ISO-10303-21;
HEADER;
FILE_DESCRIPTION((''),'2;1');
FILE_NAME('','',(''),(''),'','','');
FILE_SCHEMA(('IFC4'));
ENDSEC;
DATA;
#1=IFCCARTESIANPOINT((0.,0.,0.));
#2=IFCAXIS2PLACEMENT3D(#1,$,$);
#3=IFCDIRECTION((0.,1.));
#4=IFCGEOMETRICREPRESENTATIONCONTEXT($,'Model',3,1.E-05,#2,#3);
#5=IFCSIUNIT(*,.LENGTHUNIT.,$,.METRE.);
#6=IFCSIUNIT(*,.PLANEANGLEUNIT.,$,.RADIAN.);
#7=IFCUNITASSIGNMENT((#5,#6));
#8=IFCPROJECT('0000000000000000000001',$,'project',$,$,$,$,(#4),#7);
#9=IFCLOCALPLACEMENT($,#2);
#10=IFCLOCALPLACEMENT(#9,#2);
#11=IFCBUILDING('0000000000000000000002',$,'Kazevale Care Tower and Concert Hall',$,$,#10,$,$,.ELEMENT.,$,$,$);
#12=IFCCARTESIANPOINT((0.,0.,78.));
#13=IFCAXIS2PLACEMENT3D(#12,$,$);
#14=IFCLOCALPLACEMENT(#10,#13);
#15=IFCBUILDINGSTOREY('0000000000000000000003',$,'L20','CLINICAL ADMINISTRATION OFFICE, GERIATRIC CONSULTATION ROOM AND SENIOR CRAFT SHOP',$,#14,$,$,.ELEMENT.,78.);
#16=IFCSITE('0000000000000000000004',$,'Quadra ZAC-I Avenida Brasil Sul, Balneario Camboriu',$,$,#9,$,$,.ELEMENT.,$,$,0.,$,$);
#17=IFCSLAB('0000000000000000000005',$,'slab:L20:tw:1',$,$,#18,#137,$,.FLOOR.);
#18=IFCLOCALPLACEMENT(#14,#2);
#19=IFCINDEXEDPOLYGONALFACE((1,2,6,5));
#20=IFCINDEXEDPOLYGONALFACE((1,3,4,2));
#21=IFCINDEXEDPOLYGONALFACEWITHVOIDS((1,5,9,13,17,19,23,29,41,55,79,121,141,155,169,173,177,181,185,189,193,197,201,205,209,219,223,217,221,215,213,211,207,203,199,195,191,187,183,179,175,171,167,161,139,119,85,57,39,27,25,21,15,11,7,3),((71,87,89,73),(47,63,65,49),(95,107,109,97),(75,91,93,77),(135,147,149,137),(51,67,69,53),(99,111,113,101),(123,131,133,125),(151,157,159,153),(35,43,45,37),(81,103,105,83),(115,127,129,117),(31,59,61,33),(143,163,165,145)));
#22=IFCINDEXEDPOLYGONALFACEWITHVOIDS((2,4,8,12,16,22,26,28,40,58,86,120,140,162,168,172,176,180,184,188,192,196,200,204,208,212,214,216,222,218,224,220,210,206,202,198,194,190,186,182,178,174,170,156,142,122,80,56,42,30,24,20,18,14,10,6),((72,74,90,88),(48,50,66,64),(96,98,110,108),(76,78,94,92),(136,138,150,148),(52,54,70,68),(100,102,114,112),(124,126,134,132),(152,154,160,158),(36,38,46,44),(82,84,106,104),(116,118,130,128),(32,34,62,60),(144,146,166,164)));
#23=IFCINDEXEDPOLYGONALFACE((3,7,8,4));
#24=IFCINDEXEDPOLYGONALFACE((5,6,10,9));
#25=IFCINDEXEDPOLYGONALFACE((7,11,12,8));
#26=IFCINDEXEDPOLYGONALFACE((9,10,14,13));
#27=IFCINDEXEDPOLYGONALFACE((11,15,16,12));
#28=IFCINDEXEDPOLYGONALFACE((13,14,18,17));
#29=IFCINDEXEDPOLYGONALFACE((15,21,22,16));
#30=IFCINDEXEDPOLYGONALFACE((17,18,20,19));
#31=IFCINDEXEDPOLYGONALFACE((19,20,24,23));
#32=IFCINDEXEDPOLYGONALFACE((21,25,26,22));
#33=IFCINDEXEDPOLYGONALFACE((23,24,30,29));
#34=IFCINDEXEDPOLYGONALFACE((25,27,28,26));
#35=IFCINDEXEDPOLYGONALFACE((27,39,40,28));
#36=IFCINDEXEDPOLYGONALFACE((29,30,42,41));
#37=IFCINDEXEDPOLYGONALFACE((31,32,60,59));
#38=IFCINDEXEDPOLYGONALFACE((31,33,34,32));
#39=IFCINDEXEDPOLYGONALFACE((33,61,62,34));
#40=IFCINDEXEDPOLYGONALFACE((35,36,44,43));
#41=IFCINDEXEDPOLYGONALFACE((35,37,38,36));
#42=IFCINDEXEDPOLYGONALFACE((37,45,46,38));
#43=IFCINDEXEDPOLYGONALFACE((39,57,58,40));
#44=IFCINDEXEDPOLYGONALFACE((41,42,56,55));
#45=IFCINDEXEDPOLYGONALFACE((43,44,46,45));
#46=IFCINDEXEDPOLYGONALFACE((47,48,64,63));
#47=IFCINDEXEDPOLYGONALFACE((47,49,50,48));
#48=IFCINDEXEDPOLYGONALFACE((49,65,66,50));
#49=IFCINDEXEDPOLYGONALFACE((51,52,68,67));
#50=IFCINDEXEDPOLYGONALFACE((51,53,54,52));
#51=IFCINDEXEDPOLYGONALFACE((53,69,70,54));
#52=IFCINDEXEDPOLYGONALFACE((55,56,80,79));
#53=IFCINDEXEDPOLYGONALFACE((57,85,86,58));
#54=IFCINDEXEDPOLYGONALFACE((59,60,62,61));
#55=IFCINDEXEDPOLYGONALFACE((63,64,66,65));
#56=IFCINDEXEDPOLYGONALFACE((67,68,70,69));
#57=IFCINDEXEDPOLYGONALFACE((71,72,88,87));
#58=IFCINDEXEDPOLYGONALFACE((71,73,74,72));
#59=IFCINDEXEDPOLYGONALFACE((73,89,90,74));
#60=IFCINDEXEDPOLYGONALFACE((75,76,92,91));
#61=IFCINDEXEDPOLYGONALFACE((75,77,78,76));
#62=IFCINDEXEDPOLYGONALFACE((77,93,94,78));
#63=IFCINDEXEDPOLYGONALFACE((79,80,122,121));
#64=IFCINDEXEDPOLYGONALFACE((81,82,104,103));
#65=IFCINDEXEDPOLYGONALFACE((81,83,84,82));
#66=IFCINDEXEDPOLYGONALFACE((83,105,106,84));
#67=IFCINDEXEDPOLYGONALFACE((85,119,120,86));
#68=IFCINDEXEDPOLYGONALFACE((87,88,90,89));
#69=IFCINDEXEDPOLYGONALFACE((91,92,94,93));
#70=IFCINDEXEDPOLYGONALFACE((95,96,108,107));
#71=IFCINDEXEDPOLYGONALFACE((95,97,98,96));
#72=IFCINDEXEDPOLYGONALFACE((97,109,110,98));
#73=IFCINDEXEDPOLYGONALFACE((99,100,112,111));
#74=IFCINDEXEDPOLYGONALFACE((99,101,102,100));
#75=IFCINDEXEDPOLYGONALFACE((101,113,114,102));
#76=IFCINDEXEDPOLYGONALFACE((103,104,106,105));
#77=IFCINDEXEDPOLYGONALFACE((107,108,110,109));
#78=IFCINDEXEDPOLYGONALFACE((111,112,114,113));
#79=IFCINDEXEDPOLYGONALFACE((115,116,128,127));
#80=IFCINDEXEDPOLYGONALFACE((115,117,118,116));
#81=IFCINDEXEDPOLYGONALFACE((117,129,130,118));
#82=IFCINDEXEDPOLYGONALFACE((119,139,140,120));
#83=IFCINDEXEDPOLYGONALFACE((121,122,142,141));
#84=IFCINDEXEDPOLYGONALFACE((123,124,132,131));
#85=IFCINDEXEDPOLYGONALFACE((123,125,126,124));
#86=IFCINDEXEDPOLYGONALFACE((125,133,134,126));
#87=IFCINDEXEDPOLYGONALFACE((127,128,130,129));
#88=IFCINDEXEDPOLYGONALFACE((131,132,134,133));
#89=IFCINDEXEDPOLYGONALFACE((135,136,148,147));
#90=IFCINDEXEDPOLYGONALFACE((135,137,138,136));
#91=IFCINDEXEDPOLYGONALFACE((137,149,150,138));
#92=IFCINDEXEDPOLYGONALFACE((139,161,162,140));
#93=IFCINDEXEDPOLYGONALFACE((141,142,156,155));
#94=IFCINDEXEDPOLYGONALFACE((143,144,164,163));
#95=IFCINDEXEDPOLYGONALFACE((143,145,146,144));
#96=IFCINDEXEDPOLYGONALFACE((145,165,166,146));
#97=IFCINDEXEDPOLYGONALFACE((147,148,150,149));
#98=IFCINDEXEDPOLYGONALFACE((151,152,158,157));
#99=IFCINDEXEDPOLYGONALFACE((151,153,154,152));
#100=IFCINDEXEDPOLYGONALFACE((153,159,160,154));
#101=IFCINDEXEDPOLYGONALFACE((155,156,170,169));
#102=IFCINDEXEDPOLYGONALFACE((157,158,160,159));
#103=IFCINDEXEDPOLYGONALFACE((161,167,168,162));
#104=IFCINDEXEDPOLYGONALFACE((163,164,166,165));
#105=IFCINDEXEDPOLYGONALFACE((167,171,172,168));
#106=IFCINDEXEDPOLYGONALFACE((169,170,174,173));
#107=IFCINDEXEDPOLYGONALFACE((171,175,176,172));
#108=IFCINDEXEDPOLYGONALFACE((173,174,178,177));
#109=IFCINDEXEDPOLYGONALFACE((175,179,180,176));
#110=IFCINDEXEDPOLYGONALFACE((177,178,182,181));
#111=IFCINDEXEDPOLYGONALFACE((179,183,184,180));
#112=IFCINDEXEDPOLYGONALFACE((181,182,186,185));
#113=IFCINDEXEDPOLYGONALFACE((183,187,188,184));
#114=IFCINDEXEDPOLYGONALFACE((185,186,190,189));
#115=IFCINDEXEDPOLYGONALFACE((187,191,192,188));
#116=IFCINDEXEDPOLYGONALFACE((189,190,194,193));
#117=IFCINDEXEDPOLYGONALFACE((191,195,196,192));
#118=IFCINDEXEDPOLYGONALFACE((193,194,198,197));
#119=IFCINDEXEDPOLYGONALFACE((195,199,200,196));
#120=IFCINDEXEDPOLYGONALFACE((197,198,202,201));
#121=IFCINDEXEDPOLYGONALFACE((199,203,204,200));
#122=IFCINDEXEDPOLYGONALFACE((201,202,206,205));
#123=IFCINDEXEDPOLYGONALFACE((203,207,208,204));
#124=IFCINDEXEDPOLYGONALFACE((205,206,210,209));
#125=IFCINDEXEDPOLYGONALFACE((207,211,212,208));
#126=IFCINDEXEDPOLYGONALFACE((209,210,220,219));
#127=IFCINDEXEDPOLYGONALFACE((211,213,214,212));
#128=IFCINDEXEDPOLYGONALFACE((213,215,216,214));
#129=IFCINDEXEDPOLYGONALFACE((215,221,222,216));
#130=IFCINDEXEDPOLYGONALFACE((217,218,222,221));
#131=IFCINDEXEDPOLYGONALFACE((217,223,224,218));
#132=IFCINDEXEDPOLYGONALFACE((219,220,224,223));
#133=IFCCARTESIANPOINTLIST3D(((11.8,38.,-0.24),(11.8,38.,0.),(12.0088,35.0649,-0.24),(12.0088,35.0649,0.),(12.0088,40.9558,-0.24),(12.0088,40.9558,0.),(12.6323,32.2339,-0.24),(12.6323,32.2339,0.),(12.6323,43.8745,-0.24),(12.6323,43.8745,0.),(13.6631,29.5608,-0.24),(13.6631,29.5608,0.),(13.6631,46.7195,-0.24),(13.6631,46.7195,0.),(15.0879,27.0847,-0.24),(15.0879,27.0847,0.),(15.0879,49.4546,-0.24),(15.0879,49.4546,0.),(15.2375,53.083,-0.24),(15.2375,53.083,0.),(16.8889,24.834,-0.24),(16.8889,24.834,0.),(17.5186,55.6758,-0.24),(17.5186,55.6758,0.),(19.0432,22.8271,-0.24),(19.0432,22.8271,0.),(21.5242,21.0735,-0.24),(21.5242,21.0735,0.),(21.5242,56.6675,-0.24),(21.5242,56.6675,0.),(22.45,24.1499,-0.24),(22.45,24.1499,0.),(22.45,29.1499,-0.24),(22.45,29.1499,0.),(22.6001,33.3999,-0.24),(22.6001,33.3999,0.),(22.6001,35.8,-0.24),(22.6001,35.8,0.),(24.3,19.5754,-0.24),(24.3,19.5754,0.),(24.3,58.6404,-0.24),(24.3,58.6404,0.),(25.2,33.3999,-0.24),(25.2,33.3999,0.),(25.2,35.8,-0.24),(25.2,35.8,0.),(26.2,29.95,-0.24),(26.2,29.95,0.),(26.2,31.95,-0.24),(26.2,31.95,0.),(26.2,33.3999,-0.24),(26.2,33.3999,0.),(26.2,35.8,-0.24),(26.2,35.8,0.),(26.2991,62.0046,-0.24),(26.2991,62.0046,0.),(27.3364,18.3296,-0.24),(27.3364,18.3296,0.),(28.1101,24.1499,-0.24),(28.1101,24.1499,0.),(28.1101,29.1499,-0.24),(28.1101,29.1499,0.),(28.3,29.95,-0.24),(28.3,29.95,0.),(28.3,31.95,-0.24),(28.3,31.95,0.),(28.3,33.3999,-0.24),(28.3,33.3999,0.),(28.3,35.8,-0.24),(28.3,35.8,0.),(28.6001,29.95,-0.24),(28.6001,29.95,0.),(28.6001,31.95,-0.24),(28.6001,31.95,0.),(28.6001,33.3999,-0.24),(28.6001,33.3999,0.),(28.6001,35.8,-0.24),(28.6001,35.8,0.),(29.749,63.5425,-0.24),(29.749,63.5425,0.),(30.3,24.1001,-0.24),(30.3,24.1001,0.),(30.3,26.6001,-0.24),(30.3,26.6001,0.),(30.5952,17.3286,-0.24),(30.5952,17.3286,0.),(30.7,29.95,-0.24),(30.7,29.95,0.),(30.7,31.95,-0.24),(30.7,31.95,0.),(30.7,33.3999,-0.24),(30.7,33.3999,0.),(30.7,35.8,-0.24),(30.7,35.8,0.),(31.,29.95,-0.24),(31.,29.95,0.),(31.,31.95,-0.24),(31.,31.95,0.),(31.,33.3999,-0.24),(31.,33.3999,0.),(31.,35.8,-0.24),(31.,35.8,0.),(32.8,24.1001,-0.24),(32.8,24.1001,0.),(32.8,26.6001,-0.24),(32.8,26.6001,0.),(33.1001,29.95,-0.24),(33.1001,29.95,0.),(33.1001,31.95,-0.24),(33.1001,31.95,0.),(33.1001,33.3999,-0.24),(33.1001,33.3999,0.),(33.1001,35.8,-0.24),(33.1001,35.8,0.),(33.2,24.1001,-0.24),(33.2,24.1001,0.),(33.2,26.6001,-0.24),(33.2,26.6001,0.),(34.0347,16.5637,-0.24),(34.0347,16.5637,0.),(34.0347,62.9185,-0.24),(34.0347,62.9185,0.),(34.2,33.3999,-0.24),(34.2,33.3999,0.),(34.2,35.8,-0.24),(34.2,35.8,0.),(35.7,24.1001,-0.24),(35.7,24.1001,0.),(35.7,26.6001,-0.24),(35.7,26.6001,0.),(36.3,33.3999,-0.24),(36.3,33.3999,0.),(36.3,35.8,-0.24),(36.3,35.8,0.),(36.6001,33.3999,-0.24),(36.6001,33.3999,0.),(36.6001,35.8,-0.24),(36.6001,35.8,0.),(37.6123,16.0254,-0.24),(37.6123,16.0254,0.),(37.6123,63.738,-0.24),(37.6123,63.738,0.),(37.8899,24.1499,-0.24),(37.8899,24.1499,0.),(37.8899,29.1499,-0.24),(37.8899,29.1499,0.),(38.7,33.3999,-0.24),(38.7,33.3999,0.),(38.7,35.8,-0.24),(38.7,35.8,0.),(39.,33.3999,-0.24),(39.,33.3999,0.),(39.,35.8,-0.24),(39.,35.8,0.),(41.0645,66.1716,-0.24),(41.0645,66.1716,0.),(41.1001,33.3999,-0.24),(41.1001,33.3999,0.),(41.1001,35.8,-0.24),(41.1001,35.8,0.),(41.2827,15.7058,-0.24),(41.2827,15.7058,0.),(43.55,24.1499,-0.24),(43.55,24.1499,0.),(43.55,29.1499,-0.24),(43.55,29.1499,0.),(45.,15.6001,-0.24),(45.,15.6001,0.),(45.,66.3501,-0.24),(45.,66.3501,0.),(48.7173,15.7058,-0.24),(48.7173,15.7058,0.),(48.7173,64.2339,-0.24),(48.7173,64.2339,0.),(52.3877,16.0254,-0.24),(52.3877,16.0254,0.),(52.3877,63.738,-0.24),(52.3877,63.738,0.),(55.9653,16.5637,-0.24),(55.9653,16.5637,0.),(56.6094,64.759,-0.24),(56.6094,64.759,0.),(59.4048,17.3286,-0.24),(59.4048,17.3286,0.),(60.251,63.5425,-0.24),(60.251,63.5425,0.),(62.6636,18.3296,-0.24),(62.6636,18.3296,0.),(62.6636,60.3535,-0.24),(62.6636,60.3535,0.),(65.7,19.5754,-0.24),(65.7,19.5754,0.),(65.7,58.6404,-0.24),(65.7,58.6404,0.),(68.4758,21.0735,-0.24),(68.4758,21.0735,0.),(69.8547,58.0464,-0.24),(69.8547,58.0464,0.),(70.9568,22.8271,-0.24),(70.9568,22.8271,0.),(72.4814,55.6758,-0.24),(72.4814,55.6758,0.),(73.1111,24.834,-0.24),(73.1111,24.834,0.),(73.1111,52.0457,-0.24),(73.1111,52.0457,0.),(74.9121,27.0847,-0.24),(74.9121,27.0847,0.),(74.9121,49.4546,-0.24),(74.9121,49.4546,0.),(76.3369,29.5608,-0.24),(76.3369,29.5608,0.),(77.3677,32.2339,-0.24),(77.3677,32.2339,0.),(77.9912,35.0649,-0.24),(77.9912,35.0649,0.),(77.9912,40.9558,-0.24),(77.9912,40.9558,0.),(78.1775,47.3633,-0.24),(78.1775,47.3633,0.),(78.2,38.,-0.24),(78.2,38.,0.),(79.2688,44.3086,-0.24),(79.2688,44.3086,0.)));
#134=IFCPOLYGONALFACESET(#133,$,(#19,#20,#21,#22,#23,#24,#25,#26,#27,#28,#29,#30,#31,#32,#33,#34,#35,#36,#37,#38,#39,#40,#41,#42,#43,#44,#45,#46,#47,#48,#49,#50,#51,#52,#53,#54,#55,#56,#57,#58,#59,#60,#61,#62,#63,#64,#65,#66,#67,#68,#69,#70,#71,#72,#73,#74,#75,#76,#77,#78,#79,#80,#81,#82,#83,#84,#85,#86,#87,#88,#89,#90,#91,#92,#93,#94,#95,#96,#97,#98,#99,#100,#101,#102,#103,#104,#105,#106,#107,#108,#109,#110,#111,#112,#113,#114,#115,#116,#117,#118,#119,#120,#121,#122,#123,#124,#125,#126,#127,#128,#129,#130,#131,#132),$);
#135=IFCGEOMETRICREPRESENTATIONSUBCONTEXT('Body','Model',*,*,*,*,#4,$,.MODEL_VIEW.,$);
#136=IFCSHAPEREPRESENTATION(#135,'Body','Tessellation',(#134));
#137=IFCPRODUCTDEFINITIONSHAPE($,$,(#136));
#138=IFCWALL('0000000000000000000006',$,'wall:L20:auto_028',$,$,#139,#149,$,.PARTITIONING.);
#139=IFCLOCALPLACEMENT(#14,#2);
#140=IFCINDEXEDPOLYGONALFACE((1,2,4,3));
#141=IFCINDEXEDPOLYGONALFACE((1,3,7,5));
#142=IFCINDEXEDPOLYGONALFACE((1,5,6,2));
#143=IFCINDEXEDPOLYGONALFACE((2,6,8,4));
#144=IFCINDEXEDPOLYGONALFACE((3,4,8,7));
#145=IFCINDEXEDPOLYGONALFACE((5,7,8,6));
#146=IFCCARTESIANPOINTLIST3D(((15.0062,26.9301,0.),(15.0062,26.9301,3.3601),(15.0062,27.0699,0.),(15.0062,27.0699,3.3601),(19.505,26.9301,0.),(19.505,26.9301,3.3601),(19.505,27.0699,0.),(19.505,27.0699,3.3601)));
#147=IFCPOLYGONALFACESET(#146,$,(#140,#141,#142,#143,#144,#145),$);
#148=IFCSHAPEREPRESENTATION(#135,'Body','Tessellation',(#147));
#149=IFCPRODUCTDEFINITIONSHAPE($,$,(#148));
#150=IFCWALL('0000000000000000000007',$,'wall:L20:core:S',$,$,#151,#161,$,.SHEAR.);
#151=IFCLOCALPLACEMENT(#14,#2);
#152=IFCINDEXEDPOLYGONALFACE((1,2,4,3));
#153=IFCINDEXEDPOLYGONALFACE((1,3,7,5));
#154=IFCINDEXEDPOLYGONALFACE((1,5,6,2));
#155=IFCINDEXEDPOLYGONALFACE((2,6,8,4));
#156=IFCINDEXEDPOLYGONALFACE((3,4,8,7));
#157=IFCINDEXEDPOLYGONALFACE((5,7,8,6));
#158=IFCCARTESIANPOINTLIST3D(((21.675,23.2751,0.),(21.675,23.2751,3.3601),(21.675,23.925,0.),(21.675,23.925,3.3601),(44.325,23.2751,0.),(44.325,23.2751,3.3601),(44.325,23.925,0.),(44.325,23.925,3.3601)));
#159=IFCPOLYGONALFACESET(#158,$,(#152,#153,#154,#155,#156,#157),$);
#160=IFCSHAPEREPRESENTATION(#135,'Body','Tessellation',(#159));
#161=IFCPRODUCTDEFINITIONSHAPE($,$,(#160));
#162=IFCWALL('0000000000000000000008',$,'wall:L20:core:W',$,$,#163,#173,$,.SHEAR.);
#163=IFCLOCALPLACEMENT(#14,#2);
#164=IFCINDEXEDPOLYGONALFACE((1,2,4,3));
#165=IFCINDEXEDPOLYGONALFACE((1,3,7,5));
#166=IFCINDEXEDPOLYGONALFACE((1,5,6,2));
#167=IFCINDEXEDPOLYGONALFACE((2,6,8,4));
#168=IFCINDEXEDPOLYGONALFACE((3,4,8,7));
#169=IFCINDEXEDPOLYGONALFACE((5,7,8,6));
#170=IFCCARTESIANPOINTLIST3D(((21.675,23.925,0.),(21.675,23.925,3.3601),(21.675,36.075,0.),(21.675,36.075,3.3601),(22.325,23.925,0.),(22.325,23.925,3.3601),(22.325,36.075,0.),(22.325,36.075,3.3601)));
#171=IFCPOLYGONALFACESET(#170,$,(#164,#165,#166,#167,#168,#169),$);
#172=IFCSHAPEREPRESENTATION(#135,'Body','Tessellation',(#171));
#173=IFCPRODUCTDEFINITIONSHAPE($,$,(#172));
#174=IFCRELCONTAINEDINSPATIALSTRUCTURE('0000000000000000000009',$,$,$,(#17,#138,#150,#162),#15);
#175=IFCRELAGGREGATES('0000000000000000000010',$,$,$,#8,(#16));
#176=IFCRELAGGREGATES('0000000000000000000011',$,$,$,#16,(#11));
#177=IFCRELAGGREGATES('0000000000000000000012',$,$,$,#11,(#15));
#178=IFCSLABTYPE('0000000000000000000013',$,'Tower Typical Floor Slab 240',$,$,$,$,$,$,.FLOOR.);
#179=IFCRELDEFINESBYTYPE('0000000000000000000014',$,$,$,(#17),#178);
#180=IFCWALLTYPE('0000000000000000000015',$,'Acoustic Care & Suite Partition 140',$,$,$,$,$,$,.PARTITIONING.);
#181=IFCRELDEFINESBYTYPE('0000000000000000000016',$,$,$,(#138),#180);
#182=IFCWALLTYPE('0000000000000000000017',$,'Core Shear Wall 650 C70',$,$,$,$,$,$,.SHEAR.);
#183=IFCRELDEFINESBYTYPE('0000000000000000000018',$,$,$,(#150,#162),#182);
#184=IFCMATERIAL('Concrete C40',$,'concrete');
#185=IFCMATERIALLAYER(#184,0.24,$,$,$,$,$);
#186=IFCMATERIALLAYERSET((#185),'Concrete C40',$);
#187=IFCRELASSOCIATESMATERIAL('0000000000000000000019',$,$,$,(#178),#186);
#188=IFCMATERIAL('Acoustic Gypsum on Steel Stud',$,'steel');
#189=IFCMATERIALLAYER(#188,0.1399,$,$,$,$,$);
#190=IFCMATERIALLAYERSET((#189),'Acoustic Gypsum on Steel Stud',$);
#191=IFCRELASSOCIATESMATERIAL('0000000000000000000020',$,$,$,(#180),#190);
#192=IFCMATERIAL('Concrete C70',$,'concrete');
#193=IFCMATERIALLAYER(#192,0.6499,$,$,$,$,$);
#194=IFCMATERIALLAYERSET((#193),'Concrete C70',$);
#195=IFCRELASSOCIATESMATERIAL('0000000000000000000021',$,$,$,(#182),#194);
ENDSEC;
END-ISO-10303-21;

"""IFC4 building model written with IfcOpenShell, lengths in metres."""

from ifc_helpers import new_model, si_unit, direction, frame, frame_2d, origin, place, context, subcontext, project, spatial, polyline, rectangle, outline, extrude, material, layer, layer_set, type_object, element, save


model = new_model("IFC4")

# Units and contexts
model_context = context("Model", 3, precision=1e-05, world=origin(), true_north=direction((0.0, 1.0)))
body_context = subcontext(model_context, "Body", "Model", "MODEL_VIEW")
ifc_project = project(units=[si_unit("LENGTHUNIT", "METRE"), si_unit("PLANEANGLEUNIT", "RADIAN")], contexts=[model_context])

# Site, building, storey
site_placement = place(None, origin())
site = spatial("IfcSite", under=ifc_project, at=site_placement, Name="Quadra ZAC-I Avenida Brasil Sul, Balneario Camboriu", CompositionType="ELEMENT", RefElevation=0.0)
building_placement = place(site_placement, origin())
building = spatial("IfcBuilding", under=site, at=building_placement, Name="Kazevale Care Tower and Concert Hall", CompositionType="ELEMENT")
storey_placement = place(building_placement, frame((0.0, 0.0, 78.0)))
storey = spatial("IfcBuildingStorey", under=building, at=storey_placement, Name="L20", Description="CLINICAL ADMINISTRATION OFFICE, GERIATRIC CONSULTATION ROOM AND SENIOR CRAFT SHOP", CompositionType="ELEMENT", Elevation=78.0)

# Shared definitions
ifc_material_1 = material(Name="Concrete C70", Category="concrete")

# Shared definitions
ifc_material_2 = material(Name="Concrete C40", Category="concrete")

# Slab
ifc_layer_1 = layer(ifc_material_2, 0.24)
ifc_layer_set_1 = layer_set([ifc_layer_1], Name="Concrete C40")
slab_type_1 = type_object("IfcSlabType", Name="Tower Typical Floor Slab 240", PredefinedType="FLOOR", material=ifc_layer_set_1)
slab_1_placement = place(storey_placement, frame((0.0, 0.0, -0.24)))
element("IfcSlab", 1, at=slab_1_placement, inside=storey, type_object=slab_type_1, Name="slab:L20:tw:1", PredefinedType="FLOOR", context=body_context, shape_type="SweptSolid", body=[
    extrude(outline(polyline([(78.2, 38.0), (77.9912, 40.9558), (79.2688, 44.3086), (78.1775, 47.3633), (74.9121, 49.4546), (73.1111, 52.0457), (72.4814, 55.6758), (69.8547, 58.0464), (65.7, 58.6404), (62.6636, 60.3535), (60.251, 63.5425), (56.6094, 64.759), (52.3877, 63.738), (48.7173, 64.2339), (45.0, 66.3501), (41.0645, 66.1716), (37.6123, 63.738), (34.0347, 62.9185), (29.749, 63.5425), (26.2991, 62.0046), (24.3, 58.6404), (21.5242, 56.6675), (17.5186, 55.6758), (15.2375, 53.083), (15.0879, 49.4546), (13.6631, 46.7195), (12.6323, 43.8745), (12.0088, 40.9558), (11.8, 38.0), (12.0088, 35.0649), (12.6323, 32.2339), (13.6631, 29.5608), (15.0879, 27.0847), (16.8889, 24.834), (19.0432, 22.8271), (21.5242, 21.0735), (24.3, 19.5754), (27.3364, 18.3296), (30.5952, 17.3286), (34.0347, 16.5637), (37.6123, 16.0254), (41.2827, 15.7058), (45.0, 15.6001), (48.7173, 15.7058), (52.3877, 16.0254), (55.9653, 16.5637), (59.4048, 17.3286), (62.6636, 18.3296), (65.7, 19.5754), (68.4758, 21.0735), (70.9568, 22.8271), (73.1111, 24.834), (74.9121, 27.0847), (76.3369, 29.5608), (77.3677, 32.2339), (77.9912, 35.0649), (78.2, 38.0)]), holes=[polyline([(22.45, 24.1499), (28.1101, 24.1499), (28.1101, 29.1499), (22.45, 29.1499), (22.45, 24.1499)]), polyline([(37.8899, 24.1499), (43.55, 24.1499), (43.55, 29.1499), (37.8899, 29.1499), (37.8899, 24.1499)]), polyline([(30.3, 24.1001), (32.8, 24.1001), (32.8, 26.6001), (30.3, 26.6001), (30.3, 24.1001)]), polyline([(33.2, 24.1001), (35.7, 24.1001), (35.7, 26.6001), (33.2, 26.6001), (33.2, 24.1001)]), polyline([(22.6001, 33.3999), (25.2, 33.3999), (25.2, 35.8), (22.6001, 35.8), (22.6001, 33.3999)]), polyline([(26.2, 33.3999), (28.3, 33.3999), (28.3, 35.8), (26.2, 35.8), (26.2, 33.3999)]), polyline([(28.6001, 33.3999), (30.7, 33.3999), (30.7, 35.8), (28.6001, 35.8), (28.6001, 33.3999)]), polyline([(31.0, 33.3999), (33.1001, 33.3999), (33.1001, 35.8), (31.0, 35.8), (31.0, 33.3999)]), polyline([(34.2, 33.3999), (36.3, 33.3999), (36.3, 35.8), (34.2, 35.8), (34.2, 33.3999)]), polyline([(36.6001, 33.3999), (38.7, 33.3999), (38.7, 35.8), (36.6001, 35.8), (36.6001, 33.3999)]), polyline([(39.0, 33.3999), (41.1001, 33.3999), (41.1001, 35.8), (39.0, 35.8), (39.0, 33.3999)]), polyline([(26.2, 29.95), (28.3, 29.95), (28.3, 31.95), (26.2, 31.95), (26.2, 29.95)]), polyline([(28.6001, 29.95), (30.7, 29.95), (30.7, 31.95), (28.6001, 31.95), (28.6001, 29.95)]), polyline([(31.0, 29.95), (33.1001, 29.95), (33.1001, 31.95), (31.0, 31.95), (31.0, 29.95)])]), origin(), (0.0, 0.0, 1.0), 0.24),
])

# Walls
ifc_material_3 = material(Name="Acoustic Gypsum on Steel Stud", Category="steel")
ifc_layer_2 = layer(ifc_material_3, 0.1399)
ifc_layer_set_2 = layer_set([ifc_layer_2], Name="Acoustic Gypsum on Steel Stud")
wall_type_1 = type_object("IfcWallType", Name="Acoustic Care & Suite Partition 140", PredefinedType="PARTITIONING", material=ifc_layer_set_2)
wall_1_placement = place(storey_placement, frame((15.0061, 27.0, 0.0), z_axis=(0.0, 0.0, 1.0), x_axis=(1.0, 0.0, 0.0)))
element("IfcWall", 2, at=wall_1_placement, inside=storey, type_object=wall_type_1, Name="wall:L20:auto_028", PredefinedType="PARTITIONING", context=body_context, shape_type="SweptSolid", body=[
    extrude(rectangle(XDim=4.4988, YDim=0.1399, at=frame_2d((2.2495, 0.0))), origin(), (0.0, 0.0, 1.0), 3.3601),
])
ifc_layer_3 = layer(ifc_material_1, 0.6499)
ifc_layer_set_3 = layer_set([ifc_layer_3], Name="Concrete C70")
wall_type_2 = type_object("IfcWallType", Name="Core Shear Wall 650 C70", PredefinedType="SHEAR", material=ifc_layer_set_3)
wall_2_placement = place(storey_placement, frame((21.675, 23.6001, 0.0), z_axis=(0.0, 0.0, 1.0), x_axis=(1.0, 0.0, 0.0)))
element("IfcWall", 3, at=wall_2_placement, inside=storey, type_object=wall_type_2, Name="wall:L20:core:S", PredefinedType="SHEAR", context=body_context, shape_type="SweptSolid", body=[
    extrude(rectangle(XDim=22.6499, YDim=0.6499, at=frame_2d((11.325, 0.0))), origin(), (0.0, 0.0, 1.0), 3.3601),
])
wall_3_placement = place(storey_placement, frame((22.0, 23.925, 0.0), z_axis=(0.0, 0.0, 1.0), x_axis=(0.0, 1.0, 0.0)))
element("IfcWall", 4, at=wall_3_placement, inside=storey, type_object=wall_type_2, Name="wall:L20:core:W", PredefinedType="SHEAR", context=body_context, shape_type="SweptSolid", body=[
    extrude(rectangle(XDim=12.1499, YDim=0.6499, at=frame_2d((6.075, 0.0))), origin(), (0.0, 0.0, 1.0), 3.3601),
])

save(model, "model.ifc")
